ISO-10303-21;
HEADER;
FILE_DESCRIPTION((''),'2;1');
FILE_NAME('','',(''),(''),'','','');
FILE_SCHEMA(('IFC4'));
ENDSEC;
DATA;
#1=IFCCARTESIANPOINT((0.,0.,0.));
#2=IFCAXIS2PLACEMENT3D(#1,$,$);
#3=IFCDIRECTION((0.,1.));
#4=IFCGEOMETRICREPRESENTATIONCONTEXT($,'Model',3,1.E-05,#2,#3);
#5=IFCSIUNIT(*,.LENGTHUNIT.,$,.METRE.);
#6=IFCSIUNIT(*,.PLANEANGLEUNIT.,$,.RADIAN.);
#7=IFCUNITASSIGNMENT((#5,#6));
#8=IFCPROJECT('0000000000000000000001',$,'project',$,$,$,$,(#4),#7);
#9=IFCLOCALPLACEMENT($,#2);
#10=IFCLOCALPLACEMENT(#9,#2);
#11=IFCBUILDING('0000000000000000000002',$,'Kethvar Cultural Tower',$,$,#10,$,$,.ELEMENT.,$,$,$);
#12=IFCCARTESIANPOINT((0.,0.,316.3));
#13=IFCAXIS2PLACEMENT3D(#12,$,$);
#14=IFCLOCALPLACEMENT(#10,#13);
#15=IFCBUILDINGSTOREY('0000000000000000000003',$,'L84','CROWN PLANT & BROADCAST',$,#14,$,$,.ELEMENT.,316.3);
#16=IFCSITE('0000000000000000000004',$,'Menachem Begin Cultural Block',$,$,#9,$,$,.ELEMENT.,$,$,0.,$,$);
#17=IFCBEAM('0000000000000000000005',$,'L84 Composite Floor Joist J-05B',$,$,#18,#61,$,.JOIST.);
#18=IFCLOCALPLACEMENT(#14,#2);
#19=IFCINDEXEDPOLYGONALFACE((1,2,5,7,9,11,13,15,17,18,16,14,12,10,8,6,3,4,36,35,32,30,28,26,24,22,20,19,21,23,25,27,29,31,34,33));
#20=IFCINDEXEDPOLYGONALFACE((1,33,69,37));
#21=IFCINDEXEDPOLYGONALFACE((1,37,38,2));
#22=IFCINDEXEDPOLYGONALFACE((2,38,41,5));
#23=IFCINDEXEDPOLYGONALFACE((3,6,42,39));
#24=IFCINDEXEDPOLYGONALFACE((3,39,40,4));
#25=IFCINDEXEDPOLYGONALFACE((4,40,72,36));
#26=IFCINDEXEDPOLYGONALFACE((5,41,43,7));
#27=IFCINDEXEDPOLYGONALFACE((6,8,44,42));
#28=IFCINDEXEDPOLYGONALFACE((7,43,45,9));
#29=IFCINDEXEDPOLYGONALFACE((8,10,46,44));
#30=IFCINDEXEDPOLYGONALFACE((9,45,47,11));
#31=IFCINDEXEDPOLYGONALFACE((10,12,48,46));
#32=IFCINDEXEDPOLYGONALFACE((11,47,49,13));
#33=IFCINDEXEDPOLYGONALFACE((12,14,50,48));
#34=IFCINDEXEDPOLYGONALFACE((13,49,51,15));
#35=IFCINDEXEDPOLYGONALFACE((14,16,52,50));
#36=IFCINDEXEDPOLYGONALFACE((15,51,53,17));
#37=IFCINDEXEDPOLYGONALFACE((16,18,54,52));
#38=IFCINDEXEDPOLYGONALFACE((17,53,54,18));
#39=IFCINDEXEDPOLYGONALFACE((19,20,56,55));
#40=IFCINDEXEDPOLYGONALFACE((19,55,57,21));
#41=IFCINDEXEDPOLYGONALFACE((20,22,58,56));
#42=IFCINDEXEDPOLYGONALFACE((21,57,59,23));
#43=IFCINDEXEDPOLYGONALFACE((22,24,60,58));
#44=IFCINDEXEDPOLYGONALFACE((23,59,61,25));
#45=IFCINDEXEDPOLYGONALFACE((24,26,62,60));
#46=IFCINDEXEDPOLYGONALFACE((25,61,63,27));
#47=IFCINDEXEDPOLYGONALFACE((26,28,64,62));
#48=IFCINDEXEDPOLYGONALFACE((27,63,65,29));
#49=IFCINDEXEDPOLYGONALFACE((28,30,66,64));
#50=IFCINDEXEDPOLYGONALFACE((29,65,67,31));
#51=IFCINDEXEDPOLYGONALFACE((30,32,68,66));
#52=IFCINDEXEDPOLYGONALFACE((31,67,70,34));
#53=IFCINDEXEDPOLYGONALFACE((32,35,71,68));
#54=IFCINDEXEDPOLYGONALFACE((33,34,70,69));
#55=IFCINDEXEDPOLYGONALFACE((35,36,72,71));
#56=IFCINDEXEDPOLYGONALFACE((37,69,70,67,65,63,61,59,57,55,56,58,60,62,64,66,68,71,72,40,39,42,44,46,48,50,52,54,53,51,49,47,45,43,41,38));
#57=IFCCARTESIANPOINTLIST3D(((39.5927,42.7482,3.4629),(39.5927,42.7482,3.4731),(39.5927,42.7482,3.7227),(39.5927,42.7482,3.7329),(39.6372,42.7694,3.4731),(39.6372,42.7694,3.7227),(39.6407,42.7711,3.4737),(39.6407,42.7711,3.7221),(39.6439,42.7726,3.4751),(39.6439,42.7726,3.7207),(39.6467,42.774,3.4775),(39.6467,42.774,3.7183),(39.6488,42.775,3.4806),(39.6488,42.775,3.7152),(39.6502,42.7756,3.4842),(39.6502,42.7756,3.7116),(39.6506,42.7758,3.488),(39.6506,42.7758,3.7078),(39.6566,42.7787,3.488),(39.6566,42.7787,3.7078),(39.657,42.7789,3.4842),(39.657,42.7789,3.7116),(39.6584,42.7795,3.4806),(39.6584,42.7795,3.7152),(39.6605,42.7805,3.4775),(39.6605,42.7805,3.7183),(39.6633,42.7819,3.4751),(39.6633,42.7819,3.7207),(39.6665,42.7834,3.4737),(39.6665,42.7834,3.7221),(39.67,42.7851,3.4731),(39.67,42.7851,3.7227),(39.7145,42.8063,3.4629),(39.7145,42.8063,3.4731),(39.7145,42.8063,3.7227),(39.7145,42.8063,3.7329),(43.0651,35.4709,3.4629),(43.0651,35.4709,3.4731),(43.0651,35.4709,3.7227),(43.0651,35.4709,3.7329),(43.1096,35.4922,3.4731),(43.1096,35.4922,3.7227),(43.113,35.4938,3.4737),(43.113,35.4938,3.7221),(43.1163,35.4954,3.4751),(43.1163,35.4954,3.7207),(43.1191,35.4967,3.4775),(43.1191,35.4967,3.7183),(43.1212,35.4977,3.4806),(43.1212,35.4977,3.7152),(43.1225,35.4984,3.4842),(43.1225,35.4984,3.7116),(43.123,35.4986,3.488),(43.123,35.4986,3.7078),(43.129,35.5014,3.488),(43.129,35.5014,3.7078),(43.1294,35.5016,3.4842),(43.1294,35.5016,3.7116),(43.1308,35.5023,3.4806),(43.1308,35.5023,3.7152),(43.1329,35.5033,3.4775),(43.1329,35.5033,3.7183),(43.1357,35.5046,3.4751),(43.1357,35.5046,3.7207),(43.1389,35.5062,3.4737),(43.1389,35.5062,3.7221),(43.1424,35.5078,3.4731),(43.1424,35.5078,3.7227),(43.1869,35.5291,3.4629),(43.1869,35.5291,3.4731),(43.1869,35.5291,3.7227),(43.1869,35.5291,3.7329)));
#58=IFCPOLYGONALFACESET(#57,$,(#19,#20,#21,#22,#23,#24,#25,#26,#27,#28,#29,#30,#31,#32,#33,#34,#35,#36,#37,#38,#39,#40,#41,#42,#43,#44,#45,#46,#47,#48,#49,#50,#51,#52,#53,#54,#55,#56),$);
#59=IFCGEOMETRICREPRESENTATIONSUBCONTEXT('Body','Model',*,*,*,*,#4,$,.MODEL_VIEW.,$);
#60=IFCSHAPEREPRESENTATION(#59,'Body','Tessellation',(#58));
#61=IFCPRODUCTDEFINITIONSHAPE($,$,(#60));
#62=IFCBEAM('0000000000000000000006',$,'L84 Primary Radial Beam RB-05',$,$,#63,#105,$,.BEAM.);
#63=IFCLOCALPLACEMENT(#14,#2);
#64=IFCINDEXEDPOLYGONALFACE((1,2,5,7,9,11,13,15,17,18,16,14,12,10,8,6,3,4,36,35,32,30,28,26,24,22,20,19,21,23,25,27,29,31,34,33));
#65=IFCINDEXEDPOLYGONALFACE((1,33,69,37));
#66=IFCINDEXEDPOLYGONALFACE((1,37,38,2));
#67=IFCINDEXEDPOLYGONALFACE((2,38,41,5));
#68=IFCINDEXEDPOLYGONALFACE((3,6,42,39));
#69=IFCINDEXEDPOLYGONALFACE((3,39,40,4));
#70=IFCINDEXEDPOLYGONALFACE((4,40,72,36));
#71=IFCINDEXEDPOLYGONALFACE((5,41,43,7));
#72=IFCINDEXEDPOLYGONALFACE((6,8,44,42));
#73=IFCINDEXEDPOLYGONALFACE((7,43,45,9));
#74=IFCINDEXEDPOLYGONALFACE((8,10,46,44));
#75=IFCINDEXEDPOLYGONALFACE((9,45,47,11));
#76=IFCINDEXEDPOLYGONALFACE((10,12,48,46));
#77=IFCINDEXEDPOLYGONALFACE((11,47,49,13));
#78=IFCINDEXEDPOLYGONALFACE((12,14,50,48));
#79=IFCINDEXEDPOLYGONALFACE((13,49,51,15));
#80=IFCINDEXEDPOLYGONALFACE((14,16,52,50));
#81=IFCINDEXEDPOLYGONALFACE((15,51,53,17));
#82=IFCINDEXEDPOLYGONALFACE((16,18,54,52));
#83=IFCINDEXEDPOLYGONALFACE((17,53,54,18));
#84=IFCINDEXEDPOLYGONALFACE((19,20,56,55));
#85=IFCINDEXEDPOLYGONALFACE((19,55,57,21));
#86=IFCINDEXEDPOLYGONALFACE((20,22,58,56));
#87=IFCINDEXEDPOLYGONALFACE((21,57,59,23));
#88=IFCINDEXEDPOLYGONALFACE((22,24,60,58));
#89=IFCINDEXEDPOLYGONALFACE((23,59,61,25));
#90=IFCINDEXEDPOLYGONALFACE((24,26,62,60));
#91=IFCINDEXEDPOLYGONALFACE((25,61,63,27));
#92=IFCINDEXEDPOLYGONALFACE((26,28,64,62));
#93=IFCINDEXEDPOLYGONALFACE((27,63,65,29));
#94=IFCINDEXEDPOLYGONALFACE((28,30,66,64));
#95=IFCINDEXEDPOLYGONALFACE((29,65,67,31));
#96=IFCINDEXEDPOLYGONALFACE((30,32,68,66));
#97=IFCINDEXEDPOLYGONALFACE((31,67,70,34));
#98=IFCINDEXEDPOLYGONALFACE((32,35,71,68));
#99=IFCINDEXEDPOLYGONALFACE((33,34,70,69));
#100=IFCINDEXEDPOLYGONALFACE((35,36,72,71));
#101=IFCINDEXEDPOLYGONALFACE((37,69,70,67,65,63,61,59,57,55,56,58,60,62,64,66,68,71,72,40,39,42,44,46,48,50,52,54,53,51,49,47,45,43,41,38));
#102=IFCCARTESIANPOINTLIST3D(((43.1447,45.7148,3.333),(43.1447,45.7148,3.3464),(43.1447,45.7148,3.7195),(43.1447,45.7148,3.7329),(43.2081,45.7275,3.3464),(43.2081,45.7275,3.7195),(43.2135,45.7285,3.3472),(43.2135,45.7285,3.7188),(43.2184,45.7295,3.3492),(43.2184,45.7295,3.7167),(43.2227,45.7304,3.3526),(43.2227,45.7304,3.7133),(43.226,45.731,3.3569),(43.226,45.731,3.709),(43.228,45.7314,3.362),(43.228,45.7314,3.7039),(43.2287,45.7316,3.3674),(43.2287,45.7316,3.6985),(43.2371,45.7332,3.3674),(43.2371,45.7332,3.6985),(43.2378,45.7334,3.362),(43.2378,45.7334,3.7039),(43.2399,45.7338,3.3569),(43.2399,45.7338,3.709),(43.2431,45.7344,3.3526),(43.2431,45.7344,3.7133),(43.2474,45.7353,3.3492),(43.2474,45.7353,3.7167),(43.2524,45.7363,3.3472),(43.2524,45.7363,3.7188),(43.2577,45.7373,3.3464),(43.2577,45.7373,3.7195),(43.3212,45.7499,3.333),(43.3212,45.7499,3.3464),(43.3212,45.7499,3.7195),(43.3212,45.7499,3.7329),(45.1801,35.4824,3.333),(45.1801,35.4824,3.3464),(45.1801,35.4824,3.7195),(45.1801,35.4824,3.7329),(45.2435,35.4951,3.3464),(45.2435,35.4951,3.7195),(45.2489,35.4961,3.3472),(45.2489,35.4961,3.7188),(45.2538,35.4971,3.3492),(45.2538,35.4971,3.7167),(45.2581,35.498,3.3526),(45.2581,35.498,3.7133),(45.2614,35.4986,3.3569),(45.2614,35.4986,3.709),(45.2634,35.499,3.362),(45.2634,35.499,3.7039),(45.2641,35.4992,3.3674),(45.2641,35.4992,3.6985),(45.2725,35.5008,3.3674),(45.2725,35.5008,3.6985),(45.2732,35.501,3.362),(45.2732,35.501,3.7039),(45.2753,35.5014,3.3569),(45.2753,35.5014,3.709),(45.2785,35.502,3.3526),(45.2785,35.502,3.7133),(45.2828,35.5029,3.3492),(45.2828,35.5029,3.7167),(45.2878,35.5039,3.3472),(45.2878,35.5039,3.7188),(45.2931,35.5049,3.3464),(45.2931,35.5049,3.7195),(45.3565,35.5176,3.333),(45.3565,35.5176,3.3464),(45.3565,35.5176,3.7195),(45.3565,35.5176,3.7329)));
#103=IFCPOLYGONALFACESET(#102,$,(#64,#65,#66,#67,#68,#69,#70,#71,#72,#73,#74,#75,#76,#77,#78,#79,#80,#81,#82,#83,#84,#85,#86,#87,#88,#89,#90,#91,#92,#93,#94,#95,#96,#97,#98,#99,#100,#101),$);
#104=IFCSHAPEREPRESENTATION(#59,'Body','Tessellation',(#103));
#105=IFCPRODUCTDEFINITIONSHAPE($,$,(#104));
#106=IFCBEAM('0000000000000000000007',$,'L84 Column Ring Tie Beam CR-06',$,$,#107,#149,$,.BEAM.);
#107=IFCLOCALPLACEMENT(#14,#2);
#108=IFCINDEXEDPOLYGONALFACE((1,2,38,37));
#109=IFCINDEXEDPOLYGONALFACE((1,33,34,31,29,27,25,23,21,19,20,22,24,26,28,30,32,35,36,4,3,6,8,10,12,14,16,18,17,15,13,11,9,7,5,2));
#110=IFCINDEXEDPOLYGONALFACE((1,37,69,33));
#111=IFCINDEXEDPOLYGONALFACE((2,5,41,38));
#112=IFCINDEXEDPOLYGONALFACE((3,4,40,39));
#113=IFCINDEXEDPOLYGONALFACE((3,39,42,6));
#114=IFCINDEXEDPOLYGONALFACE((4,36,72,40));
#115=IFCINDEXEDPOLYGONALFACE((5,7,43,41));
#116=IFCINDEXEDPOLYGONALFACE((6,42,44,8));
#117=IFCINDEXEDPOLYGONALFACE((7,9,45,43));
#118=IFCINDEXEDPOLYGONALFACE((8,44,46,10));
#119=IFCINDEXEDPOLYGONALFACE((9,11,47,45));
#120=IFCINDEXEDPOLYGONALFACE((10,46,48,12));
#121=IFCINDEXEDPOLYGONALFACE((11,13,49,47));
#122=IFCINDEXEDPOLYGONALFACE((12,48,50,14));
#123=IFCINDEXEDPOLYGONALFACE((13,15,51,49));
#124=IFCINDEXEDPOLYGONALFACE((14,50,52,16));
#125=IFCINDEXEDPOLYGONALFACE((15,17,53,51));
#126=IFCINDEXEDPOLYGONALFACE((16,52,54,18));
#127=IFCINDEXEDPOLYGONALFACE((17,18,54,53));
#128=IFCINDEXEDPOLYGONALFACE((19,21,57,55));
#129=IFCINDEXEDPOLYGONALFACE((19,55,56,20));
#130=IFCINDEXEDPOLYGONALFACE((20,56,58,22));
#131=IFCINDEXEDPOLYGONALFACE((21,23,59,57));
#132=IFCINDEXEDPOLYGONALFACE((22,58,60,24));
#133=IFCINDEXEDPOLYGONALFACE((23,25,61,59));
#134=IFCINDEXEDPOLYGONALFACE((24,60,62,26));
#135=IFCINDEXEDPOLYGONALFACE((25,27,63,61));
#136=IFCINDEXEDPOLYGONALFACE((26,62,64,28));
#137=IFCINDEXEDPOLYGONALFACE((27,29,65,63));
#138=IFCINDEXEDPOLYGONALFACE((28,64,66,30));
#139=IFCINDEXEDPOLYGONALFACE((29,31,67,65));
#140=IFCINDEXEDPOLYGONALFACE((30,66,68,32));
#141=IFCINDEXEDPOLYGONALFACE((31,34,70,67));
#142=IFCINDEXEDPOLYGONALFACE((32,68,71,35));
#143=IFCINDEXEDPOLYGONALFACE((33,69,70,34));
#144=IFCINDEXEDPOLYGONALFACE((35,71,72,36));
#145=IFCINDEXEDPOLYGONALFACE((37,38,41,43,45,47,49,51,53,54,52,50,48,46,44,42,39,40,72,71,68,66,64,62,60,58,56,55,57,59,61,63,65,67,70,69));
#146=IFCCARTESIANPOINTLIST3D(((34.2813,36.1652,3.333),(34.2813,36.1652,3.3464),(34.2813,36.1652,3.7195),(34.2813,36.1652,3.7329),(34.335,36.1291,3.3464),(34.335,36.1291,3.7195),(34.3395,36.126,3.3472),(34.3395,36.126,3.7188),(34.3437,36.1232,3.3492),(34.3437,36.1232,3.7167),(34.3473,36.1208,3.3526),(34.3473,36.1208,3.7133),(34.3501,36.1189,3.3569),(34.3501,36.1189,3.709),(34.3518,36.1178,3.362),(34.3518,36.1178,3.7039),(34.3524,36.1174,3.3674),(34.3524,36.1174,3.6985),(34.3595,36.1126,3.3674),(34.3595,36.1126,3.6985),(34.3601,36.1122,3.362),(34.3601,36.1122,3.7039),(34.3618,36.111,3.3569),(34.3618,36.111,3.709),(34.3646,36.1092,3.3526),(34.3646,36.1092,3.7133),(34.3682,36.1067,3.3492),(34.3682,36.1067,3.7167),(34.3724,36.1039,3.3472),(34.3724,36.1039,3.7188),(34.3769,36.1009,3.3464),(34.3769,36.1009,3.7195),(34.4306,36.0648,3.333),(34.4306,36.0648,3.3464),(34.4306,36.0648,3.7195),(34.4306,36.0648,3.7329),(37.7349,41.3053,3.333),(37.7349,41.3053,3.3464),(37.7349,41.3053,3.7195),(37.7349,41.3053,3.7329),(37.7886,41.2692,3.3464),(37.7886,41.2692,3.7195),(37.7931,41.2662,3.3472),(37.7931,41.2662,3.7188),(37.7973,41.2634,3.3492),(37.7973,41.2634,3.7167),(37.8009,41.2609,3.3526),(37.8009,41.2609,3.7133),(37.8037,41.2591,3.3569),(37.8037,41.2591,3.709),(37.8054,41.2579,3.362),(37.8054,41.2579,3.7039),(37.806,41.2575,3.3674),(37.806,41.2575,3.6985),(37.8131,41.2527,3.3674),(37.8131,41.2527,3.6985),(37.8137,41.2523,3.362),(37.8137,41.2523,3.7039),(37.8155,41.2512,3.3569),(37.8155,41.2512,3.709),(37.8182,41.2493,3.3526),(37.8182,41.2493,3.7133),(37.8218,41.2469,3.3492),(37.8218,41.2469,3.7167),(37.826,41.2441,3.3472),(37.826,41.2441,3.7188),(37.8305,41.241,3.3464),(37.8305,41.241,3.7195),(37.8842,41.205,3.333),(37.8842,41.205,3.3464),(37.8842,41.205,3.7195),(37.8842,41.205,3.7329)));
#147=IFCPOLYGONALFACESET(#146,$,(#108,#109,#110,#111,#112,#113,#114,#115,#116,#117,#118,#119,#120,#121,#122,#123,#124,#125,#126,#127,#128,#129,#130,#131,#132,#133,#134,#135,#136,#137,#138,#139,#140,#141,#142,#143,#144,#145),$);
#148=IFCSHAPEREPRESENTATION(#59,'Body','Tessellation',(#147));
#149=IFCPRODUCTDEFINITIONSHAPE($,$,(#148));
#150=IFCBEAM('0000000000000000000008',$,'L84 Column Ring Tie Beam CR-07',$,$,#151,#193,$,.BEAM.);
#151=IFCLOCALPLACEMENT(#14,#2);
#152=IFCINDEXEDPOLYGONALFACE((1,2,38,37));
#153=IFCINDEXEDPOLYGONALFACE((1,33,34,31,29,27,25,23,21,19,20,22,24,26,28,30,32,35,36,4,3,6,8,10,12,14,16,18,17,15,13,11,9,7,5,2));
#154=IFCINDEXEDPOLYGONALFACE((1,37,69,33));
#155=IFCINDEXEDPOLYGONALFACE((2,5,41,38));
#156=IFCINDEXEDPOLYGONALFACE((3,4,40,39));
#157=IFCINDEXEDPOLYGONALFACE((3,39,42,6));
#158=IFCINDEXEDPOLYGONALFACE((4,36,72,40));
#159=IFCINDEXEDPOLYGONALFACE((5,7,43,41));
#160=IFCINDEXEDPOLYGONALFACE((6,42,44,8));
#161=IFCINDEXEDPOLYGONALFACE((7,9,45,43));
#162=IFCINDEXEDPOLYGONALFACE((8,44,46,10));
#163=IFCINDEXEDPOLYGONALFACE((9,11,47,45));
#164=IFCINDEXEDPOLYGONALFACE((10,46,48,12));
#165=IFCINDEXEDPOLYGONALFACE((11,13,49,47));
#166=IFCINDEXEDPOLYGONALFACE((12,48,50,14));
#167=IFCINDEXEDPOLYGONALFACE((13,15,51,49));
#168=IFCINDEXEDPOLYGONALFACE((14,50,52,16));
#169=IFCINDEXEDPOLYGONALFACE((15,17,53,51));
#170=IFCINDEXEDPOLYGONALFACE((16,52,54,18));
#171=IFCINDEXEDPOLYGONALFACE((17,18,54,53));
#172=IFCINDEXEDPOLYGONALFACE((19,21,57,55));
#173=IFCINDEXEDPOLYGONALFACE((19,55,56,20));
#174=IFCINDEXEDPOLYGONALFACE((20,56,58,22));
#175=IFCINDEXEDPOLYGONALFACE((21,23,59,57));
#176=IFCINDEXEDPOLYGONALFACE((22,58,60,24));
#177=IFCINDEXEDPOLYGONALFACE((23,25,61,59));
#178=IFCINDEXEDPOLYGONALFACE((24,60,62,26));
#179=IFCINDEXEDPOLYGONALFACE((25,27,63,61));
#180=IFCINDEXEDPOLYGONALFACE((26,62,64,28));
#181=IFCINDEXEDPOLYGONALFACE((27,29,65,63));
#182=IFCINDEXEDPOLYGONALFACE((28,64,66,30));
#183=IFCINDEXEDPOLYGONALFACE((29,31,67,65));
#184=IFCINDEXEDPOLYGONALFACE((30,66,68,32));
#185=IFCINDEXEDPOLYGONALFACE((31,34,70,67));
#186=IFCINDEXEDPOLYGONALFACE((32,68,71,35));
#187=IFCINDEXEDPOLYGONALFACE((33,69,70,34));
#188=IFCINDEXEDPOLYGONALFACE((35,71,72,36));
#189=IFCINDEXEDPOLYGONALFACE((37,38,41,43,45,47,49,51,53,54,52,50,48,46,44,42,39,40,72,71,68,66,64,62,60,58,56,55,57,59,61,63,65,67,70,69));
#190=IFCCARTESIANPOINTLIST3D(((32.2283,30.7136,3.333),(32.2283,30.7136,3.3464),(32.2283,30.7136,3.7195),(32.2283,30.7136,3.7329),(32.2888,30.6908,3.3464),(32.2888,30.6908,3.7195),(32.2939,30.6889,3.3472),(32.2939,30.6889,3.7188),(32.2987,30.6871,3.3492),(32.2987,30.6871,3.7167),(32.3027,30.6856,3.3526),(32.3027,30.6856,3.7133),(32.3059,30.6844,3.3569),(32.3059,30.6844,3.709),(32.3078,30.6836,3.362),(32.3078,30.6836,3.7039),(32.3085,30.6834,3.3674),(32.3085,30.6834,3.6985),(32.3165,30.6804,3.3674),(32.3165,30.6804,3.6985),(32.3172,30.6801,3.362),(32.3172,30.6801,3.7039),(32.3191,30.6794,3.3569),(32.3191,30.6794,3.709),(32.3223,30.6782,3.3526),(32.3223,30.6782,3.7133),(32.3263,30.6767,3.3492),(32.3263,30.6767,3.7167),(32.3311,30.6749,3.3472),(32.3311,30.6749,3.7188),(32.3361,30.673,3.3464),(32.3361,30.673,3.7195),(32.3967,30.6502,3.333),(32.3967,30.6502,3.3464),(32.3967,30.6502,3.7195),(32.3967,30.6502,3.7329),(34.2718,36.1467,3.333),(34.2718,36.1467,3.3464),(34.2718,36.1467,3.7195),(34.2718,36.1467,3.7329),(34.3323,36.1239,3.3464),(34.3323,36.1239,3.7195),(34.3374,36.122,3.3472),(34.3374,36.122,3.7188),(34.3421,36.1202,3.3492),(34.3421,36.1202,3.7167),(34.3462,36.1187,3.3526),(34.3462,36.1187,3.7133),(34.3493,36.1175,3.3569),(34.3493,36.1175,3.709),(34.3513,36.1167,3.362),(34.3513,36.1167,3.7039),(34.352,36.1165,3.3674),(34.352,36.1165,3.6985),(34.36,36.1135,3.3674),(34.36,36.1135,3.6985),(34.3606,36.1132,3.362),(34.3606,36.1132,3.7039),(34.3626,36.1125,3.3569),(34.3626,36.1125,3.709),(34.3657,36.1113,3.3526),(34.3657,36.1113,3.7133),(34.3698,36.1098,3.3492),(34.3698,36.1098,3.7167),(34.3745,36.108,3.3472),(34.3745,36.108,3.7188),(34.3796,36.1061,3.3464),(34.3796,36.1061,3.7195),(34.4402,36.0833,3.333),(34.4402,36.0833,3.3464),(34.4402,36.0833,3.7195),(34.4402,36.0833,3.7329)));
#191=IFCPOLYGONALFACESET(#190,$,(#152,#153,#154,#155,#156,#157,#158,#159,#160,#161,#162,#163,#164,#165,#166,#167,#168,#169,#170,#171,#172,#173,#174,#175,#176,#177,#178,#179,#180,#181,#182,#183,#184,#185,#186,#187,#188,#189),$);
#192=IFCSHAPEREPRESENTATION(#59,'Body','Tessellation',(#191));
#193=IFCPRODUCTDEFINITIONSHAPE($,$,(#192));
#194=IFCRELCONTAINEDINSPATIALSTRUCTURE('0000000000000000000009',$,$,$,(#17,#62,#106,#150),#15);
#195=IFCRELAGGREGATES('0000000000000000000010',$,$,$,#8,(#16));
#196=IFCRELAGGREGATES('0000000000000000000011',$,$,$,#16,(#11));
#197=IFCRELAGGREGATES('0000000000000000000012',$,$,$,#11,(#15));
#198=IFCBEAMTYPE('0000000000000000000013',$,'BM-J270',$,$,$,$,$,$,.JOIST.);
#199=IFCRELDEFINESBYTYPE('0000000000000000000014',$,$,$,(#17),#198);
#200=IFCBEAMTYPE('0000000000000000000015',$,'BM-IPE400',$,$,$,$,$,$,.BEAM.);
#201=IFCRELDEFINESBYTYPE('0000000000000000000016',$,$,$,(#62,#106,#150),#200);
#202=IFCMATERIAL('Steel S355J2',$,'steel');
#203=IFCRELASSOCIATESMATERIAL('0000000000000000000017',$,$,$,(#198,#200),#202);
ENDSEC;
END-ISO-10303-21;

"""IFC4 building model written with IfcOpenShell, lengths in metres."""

from ifc_helpers import new_model, si_unit, direction, frame, origin, origin_2d, place, context, subcontext, project, spatial, i_section, extrude, source, transform, mapped, material, material_profile, profile_set, type_object, element, save


model = new_model("IFC4")

# Units and contexts
model_context = context("Model", 3, precision=1e-05, world=origin(), true_north=direction((0.0, 1.0)))
body_context = subcontext(model_context, "Body", "Model", "MODEL_VIEW")
ifc_project = project(units=[si_unit("LENGTHUNIT", "METRE"), si_unit("PLANEANGLEUNIT", "RADIAN")], contexts=[model_context])

# Site, building, storey
site_placement = place(None, origin())
site = spatial("IfcSite", under=ifc_project, at=site_placement, Name="Menachem Begin Cultural Block", CompositionType="ELEMENT", RefElevation=0.0)
building_placement = place(site_placement, origin())
building = spatial("IfcBuilding", under=site, at=building_placement, Name="Kethvar Cultural Tower", CompositionType="ELEMENT")
storey_placement = place(building_placement, frame((0.0, 0.0, 316.3)))
storey = spatial("IfcBuildingStorey", under=building, at=storey_placement, Name="L84", Description="CROWN PLANT & BROADCAST", CompositionType="ELEMENT", Elevation=316.3)

# Shared definitions
ifc_material_1 = material(Name="Steel S355J2", Category="steel")

# Beams
ifc_material_profile_1 = material_profile(ifc_material_1, i_section(OverallWidth=0.135, OverallDepth=0.27, WebThickness=0.0066, FlangeThickness=0.0103, FilletRadius=0.0149, at=origin_2d()), Name="Steel S355J2 — IPE270")
ifc_profile_set_1 = profile_set([ifc_material_profile_1], Name="Steel S355J2 — IPE270")
beam_type_1 = type_object("IfcBeamType", Name="BM-J270", PredefinedType="JOIST", material=ifc_profile_set_1)
shared_shape_1 = source(origin(), body_context, "Body", "SweptSolid", [
    extrude(i_section(OverallWidth=0.135, OverallDepth=0.27, WebThickness=0.0066, FlangeThickness=0.0103, FilletRadius=0.0149, at=origin_2d()), origin(), (0.0, 0.0, 1.0), 8.0632),
])
beam_1_placement = place(storey_placement, frame((43.126, 35.5, 3.5979), z_axis=(-0.430642, 0.902523, 0.0), x_axis=(-0.902523, -0.430642, 0.0)))
element("IfcBeam", 1, at=beam_1_placement, inside=storey, type_object=beam_type_1, Name="L84 Composite Floor Joist J-05B", PredefinedType="JOIST", context=body_context, shape_type="MappedRepresentation", body=[
    mapped(shared_shape_1, transform((0.0, 0.0, 0.0), scale=1.0)),
])
ifc_material_profile_2 = material_profile(ifc_material_1, i_section(OverallWidth=0.1799, OverallDepth=0.3999, WebThickness=0.0085, FlangeThickness=0.0134, FilletRadius=0.021, at=origin_2d()), Name="Steel S355J2 — IPE400")
ifc_profile_set_2 = profile_set([ifc_material_profile_2], Name="Steel S355J2 — IPE400")
beam_type_2 = type_object("IfcBeamType", Name="BM-IPE400", PredefinedType="BEAM", material=ifc_profile_set_2)
shared_shape_2 = source(origin(), body_context, "Body", "SweptSolid", [
    extrude(i_section(OverallWidth=0.1799, OverallDepth=0.3999, WebThickness=0.0085, FlangeThickness=0.0134, FilletRadius=0.021, at=origin_2d()), origin(), (0.0, 0.0, 1.0), 10.4329),
])
beam_2_placement = place(storey_placement, frame((45.2683, 35.5, 3.533), z_axis=(-0.195094, 0.980784, 0.0), x_axis=(-0.980784, -0.195094, 0.0)))
element("IfcBeam", 2, at=beam_2_placement, inside=storey, type_object=beam_type_2, Name="L84 Primary Radial Beam RB-05", PredefinedType="BEAM", context=body_context, shape_type="MappedRepresentation", body=[
    mapped(shared_shape_2, transform((0.0, 0.0, 0.0), scale=1.0)),
])
shared_shape_3 = source(origin(), body_context, "Body", "SweptSolid", [
    extrude(i_section(OverallWidth=0.1799, OverallDepth=0.3999, WebThickness=0.0085, FlangeThickness=0.0134, FilletRadius=0.021, at=origin_2d()), origin(), (0.0, 0.0, 1.0), 6.1926),
])
beam_3_placement = place(storey_placement, frame((37.8096, 41.2551, 3.533), z_axis=(-0.557699, -0.830043, 0.0), x_axis=(0.830043, -0.557699, 0.0)))
element("IfcBeam", 3, at=beam_3_placement, inside=storey, type_object=beam_type_2, Name="L84 Column Ring Tie Beam CR-06", PredefinedType="BEAM", context=body_context, shape_type="MappedRepresentation", body=[
    mapped(shared_shape_3, transform((0.0, 0.0, 0.0), scale=1.0)),
])
shared_shape_4 = source(origin(), body_context, "Body", "SweptSolid", [
    extrude(i_section(OverallWidth=0.1799, OverallDepth=0.3999, WebThickness=0.0085, FlangeThickness=0.0134, FilletRadius=0.021, at=origin_2d()), origin(), (0.0, 0.0, 1.0), 5.8047),
])
beam_4_placement = place(storey_placement, frame((34.356, 36.115, 3.533), z_axis=(-0.352036, -0.935986, 0.0), x_axis=(0.935986, -0.352036, 0.0)))
element("IfcBeam", 4, at=beam_4_placement, inside=storey, type_object=beam_type_2, Name="L84 Column Ring Tie Beam CR-07", PredefinedType="BEAM", context=body_context, shape_type="MappedRepresentation", body=[
    mapped(shared_shape_4, transform((0.0, 0.0, 0.0), scale=1.0)),
])

save(model, "model.ifc")
